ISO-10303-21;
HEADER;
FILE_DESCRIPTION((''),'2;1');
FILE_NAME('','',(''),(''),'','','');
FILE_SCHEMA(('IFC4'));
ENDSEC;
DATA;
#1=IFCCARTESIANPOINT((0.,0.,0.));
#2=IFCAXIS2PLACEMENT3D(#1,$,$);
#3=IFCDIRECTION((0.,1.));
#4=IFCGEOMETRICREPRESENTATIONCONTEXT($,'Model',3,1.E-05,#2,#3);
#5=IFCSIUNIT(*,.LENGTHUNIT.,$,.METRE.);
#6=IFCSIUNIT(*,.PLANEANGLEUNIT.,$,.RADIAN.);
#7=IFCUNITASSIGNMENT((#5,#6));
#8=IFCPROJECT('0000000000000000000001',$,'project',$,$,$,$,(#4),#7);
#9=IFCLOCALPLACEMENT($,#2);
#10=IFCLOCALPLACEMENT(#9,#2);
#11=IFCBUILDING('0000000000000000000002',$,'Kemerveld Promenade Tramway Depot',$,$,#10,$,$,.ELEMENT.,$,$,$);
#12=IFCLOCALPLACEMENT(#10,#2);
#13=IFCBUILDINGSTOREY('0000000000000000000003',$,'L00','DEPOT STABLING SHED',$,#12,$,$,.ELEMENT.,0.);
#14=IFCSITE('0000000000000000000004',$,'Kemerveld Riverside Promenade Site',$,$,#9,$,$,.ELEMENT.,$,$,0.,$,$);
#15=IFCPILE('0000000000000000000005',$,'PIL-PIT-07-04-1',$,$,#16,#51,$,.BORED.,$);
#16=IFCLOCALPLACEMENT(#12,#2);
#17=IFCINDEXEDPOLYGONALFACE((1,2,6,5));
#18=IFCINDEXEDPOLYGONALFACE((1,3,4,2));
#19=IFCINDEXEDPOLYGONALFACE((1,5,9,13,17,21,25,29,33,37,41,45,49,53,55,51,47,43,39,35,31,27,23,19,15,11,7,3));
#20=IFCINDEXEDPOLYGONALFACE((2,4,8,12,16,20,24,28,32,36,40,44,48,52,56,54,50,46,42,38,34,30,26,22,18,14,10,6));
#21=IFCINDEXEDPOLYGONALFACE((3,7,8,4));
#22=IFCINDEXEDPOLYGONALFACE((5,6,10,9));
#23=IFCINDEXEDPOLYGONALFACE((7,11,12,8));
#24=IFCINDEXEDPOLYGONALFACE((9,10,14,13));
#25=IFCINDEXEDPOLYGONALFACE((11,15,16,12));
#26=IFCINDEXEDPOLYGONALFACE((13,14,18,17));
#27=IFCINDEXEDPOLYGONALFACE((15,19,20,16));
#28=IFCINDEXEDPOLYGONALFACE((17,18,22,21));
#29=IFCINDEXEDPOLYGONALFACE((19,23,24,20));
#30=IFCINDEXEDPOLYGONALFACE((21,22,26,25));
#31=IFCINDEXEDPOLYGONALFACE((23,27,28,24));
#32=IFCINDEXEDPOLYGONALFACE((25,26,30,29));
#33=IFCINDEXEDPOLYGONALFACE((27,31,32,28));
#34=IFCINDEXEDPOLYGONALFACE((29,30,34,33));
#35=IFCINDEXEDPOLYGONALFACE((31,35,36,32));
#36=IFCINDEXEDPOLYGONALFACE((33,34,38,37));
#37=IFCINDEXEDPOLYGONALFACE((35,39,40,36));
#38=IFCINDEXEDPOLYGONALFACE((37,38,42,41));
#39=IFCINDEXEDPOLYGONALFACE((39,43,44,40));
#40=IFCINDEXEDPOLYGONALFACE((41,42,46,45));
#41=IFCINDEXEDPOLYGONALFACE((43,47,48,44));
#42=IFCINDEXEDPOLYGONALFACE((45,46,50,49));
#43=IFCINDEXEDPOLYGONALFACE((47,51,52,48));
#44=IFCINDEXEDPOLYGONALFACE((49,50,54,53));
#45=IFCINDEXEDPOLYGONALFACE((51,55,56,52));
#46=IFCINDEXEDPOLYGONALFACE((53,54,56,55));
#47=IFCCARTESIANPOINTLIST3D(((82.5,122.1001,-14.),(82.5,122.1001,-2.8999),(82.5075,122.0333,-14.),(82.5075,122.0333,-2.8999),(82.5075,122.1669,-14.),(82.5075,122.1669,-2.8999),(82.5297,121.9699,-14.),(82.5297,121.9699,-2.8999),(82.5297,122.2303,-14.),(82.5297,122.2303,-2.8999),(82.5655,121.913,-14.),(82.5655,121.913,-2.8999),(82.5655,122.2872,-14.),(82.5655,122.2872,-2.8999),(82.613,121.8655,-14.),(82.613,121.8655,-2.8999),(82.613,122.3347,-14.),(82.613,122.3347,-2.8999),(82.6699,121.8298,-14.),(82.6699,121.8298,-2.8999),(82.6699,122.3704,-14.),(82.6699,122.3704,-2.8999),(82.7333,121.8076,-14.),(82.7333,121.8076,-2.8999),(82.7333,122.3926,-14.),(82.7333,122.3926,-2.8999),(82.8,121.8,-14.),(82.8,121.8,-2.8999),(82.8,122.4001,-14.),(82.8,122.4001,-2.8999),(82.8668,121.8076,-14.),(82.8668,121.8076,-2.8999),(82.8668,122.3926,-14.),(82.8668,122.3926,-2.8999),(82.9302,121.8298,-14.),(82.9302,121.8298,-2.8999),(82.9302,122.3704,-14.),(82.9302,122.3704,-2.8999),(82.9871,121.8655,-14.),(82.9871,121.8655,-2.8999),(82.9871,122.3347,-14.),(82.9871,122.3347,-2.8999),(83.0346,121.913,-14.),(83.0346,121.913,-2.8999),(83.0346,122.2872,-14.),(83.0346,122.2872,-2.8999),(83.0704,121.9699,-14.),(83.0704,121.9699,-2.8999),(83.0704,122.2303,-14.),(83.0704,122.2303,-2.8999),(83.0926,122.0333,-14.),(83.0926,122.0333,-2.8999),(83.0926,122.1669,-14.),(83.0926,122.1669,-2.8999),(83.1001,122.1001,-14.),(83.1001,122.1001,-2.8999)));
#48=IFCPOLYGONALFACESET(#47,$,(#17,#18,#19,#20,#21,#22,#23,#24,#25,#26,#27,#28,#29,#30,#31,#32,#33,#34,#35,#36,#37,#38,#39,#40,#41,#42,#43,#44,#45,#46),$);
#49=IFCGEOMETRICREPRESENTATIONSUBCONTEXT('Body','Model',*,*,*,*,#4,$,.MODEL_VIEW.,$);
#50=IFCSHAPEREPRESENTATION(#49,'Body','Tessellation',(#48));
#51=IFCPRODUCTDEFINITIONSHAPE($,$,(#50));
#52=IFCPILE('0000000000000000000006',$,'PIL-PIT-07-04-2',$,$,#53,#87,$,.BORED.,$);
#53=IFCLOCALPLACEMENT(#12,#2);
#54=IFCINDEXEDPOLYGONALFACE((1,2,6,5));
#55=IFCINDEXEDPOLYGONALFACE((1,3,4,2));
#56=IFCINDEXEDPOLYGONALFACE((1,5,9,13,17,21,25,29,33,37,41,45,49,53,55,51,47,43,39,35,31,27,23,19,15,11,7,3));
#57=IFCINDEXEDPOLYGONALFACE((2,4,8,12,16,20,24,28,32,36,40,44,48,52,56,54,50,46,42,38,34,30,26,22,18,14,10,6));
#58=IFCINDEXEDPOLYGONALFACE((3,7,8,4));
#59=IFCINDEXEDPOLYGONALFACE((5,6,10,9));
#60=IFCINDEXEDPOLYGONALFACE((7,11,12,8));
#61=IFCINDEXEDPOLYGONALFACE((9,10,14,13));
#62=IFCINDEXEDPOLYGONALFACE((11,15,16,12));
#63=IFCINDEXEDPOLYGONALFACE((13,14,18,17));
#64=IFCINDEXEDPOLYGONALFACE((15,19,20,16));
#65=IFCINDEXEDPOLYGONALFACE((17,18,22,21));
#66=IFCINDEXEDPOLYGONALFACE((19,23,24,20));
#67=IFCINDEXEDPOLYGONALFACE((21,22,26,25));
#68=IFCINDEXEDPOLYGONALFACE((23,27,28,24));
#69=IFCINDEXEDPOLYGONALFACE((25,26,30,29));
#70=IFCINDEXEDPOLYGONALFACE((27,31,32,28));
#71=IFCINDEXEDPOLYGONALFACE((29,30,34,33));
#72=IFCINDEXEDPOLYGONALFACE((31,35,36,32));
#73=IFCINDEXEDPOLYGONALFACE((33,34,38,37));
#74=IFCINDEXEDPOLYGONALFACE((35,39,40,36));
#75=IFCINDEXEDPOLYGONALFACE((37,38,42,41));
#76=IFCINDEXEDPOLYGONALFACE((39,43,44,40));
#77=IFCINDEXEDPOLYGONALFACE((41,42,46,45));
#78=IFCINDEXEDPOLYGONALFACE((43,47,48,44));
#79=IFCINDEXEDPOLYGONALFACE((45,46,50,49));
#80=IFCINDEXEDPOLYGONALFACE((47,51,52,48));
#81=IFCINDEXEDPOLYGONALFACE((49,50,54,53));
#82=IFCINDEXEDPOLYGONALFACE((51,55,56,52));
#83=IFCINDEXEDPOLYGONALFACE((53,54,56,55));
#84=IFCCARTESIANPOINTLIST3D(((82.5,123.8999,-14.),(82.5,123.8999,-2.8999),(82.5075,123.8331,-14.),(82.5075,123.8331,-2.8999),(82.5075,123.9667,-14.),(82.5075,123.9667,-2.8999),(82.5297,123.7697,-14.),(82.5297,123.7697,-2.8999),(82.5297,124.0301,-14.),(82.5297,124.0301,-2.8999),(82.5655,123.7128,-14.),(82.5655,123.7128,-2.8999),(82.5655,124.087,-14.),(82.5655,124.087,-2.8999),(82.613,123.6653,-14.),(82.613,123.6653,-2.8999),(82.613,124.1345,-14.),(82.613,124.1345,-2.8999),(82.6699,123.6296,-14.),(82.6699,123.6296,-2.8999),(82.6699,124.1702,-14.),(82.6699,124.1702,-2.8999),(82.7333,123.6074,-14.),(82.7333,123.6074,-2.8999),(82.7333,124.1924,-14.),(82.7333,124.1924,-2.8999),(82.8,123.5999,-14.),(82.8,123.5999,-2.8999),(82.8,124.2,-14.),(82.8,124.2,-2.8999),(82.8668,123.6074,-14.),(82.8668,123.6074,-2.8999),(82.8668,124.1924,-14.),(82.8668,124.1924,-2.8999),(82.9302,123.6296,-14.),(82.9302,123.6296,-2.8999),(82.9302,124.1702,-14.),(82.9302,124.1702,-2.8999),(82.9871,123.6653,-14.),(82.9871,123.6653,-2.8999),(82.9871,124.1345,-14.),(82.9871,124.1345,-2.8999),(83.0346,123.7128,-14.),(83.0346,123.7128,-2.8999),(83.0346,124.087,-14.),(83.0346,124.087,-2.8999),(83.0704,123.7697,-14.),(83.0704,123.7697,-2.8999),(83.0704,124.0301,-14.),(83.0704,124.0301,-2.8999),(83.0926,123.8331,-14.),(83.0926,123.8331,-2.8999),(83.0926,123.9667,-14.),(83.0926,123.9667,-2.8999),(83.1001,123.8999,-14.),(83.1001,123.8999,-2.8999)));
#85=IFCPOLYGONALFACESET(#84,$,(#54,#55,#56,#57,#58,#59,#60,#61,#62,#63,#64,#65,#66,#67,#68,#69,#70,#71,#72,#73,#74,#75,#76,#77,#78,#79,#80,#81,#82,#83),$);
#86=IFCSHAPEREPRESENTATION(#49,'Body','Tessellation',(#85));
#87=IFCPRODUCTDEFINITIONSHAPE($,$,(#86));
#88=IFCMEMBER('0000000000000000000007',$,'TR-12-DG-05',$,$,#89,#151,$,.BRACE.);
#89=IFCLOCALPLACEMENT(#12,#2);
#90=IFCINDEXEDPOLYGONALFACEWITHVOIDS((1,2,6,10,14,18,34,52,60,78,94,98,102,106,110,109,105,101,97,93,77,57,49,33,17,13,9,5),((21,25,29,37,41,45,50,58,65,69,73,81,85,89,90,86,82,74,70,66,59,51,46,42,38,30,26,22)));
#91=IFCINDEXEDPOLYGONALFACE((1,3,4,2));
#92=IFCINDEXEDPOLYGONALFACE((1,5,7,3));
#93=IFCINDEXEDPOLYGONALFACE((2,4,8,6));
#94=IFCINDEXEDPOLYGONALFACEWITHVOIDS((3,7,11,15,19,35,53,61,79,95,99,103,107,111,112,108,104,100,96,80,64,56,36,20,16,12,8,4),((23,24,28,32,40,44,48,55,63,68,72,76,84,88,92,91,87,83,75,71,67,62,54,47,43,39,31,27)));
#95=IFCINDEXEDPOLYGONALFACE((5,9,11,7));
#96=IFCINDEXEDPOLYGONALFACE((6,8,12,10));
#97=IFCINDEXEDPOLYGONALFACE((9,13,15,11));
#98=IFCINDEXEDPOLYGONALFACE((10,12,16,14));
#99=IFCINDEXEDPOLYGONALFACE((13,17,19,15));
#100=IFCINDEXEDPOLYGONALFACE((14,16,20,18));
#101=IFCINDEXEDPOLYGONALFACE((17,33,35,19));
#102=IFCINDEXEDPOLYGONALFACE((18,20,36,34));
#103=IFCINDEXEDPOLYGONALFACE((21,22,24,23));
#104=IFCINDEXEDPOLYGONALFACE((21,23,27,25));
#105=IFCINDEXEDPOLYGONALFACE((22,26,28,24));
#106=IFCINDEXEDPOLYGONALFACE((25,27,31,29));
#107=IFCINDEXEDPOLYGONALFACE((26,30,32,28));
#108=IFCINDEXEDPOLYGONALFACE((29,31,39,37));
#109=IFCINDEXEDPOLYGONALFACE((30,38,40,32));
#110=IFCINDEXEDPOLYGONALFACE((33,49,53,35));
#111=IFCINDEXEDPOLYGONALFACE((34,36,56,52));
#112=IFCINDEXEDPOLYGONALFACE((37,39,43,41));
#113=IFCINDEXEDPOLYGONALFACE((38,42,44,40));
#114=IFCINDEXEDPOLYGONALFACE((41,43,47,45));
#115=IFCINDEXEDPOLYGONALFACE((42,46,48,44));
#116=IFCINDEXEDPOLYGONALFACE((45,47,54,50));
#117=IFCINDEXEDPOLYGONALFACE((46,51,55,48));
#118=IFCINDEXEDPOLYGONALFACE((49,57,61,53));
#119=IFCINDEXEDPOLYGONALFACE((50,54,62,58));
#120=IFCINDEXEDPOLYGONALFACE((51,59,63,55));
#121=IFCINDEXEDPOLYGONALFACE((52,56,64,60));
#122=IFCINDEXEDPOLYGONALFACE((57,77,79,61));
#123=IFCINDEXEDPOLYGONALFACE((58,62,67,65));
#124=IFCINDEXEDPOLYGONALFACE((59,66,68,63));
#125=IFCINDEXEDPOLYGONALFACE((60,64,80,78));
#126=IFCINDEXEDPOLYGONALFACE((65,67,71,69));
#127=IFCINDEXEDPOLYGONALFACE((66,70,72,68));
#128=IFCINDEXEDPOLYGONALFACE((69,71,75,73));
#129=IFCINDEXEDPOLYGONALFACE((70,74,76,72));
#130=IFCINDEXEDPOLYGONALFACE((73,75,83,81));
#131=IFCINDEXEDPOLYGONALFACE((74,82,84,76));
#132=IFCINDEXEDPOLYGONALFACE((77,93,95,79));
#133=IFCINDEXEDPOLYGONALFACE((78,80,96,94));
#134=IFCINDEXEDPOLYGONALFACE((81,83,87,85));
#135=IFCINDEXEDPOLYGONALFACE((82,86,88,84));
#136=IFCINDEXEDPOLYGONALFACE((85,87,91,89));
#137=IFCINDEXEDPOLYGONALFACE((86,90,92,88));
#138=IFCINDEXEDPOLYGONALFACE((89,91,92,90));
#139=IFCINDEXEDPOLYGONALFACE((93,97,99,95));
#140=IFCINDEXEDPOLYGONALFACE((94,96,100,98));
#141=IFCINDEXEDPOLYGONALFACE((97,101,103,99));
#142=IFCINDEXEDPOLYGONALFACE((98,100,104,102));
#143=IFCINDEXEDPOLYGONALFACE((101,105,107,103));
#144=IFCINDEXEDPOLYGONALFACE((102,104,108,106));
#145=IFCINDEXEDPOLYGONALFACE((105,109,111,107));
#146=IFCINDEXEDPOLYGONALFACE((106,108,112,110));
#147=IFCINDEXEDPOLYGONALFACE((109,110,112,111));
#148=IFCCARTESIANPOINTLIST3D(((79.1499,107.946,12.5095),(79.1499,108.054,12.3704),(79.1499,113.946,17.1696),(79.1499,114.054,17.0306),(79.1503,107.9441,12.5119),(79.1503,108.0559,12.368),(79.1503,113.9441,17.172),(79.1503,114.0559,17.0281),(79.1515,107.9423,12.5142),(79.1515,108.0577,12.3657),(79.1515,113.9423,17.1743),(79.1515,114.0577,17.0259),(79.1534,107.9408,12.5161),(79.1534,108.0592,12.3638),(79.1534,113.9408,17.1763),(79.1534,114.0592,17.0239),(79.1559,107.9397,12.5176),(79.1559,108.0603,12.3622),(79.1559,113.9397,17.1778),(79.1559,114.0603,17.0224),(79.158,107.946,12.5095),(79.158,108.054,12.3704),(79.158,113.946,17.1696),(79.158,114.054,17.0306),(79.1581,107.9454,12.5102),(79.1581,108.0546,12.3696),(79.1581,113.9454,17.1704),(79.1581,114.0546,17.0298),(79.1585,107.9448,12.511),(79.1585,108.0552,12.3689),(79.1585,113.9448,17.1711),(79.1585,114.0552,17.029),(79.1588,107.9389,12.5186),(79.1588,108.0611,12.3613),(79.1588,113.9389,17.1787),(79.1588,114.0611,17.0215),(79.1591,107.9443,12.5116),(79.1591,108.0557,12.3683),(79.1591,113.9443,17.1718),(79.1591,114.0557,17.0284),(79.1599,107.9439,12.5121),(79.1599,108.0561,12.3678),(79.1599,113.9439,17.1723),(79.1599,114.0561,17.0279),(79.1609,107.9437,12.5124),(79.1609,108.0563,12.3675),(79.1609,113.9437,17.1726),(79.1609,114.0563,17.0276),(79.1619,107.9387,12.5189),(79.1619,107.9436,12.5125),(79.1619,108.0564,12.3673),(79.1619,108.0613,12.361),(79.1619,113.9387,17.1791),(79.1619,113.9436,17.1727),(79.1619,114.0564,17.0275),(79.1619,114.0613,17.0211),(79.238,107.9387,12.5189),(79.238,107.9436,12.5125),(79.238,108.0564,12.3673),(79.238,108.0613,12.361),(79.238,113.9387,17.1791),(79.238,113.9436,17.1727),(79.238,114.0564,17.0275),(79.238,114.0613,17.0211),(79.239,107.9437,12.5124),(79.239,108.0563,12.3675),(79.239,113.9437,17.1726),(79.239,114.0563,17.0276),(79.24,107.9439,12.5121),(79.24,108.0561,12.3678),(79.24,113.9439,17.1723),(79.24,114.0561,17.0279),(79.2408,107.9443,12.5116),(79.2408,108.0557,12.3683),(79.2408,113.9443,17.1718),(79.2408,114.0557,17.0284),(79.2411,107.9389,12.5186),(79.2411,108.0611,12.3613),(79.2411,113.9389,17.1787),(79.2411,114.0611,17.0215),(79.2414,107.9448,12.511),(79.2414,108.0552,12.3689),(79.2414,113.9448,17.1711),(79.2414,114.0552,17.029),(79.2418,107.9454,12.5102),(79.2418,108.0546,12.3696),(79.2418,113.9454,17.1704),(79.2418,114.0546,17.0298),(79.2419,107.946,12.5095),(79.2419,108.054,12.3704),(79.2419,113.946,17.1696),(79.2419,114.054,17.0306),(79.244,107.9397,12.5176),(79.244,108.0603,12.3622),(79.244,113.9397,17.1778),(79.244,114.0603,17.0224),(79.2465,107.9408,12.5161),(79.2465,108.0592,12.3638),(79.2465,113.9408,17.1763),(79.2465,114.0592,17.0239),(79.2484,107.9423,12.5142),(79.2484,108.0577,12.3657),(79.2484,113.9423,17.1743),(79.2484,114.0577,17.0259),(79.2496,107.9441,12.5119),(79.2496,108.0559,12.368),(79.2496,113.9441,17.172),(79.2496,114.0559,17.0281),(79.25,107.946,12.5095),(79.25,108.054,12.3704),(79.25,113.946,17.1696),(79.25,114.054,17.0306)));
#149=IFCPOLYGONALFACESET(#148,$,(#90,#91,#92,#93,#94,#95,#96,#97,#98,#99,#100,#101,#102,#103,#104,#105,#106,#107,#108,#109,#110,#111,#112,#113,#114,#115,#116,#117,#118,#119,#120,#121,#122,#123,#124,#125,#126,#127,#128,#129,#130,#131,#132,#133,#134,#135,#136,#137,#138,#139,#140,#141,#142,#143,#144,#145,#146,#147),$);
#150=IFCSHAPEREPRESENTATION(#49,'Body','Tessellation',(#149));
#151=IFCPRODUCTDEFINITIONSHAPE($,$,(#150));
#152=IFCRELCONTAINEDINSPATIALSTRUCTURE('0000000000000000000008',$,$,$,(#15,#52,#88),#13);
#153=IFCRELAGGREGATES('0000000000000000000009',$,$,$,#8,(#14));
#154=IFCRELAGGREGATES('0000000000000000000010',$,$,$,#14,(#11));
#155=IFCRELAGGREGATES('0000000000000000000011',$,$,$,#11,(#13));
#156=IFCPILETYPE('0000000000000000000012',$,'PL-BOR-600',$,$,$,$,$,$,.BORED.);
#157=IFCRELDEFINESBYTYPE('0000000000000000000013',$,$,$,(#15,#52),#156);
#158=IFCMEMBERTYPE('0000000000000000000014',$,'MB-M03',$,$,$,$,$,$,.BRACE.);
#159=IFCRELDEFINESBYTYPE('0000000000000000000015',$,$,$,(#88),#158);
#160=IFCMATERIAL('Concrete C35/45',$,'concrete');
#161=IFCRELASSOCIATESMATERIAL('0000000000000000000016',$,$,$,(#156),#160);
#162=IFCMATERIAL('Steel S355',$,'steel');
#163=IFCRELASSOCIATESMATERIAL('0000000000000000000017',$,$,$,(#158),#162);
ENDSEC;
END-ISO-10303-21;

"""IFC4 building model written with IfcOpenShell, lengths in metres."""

from ifc_helpers import new_model, si_unit, direction, frame, origin, origin_2d, place, context, subcontext, project, spatial, hollow_rectangle, circle, extrude, material, material_profile, profile_set, type_object, element, save


model = new_model("IFC4")

# Units and contexts
model_context = context("Model", 3, precision=1e-05, world=origin(), true_north=direction((0.0, 1.0)))
body_context = subcontext(model_context, "Body", "Model", "MODEL_VIEW")
ifc_project = project(units=[si_unit("LENGTHUNIT", "METRE"), si_unit("PLANEANGLEUNIT", "RADIAN")], contexts=[model_context])

# Site, building, storey
site_placement = place(None, origin())
site = spatial("IfcSite", under=ifc_project, at=site_placement, Name="Kemerveld Riverside Promenade Site", CompositionType="ELEMENT", RefElevation=0.0)
building_placement = place(site_placement, origin())
building = spatial("IfcBuilding", under=site, at=building_placement, Name="Kemerveld Promenade Tramway Depot", CompositionType="ELEMENT")
storey_placement = place(building_placement, origin())
storey = spatial("IfcBuildingStorey", under=building, at=storey_placement, Name="L00", Description="DEPOT STABLING SHED", CompositionType="ELEMENT", Elevation=0.0)

# Shared definitions
ifc_material_1 = material(Name="Concrete C35/45", Category="concrete")

# Piles
ifc_material_profile_1 = material_profile(ifc_material_1, circle(Radius=0.3, at=origin_2d()), Name="PILE-D600")
ifc_profile_set_1 = profile_set([ifc_material_profile_1], Name="Concrete C35/45")
pile_type = type_object("IfcPileType", Name="PL-BOR-600", PredefinedType="BORED", material=ifc_profile_set_1)
for number, where, z_axis, x_axis, name in (
    (1, (82.8, 122.1001, -2.8999), (0.0, 0.0, -1.0), (1.0, 0.0, 0.0), "PIL-PIT-07-04-1"),
    (2, (82.8, 123.8999, -2.8999), (0.0, 0.0, -1.0), (1.0, 0.0, 0.0), "PIL-PIT-07-04-2"),
):
    element("IfcPile", number, at=place(storey_placement, frame(where, z_axis=z_axis, x_axis=x_axis)), inside=storey, type_object=pile_type, Name=name, PredefinedType="BORED", context=body_context, shape_type="SweptSolid", body=[
        extrude(circle(Radius=0.3, at=origin_2d()), origin(), (0.0, 0.0, 1.0), 11.1001),
    ])

# Member
ifc_material_2 = material(Name="Steel S355", Category="steel")
ifc_material_profile_2 = material_profile(ifc_material_2, hollow_rectangle(XDim=0.1001, YDim=0.2, WallThickness=0.0081, InnerFilletRadius=0.0039, OuterFilletRadius=0.012, at=origin_2d()), Name="200x100x8.0 RHS")
ifc_profile_set_2 = profile_set([ifc_material_profile_2], Name="Steel S355")
member_type_1 = type_object("IfcMemberType", Name="MB-M03", PredefinedType="BRACE", material=ifc_profile_set_2)
for number, where, z_axis, x_axis, name in (
    (3, (79.2, 108.0, 12.4399), (0.0, 0.789767, 0.613407), (-1.0, 0.0, 0.0), "TR-12-DG-05"),
):
    element("IfcMember", number, at=place(storey_placement, frame(where, z_axis=z_axis, x_axis=x_axis)), inside=storey, type_object=member_type_1, Name=name, PredefinedType="BRACE", context=body_context, shape_type="SweptSolid", body=[
        extrude(hollow_rectangle(XDim=0.1001, YDim=0.2, WallThickness=0.0081, InnerFilletRadius=0.0039, OuterFilletRadius=0.012, at=origin_2d()), origin(), (0.0, 0.0, 1.0), 7.5972),
    ])

save(model, "model.ifc")
